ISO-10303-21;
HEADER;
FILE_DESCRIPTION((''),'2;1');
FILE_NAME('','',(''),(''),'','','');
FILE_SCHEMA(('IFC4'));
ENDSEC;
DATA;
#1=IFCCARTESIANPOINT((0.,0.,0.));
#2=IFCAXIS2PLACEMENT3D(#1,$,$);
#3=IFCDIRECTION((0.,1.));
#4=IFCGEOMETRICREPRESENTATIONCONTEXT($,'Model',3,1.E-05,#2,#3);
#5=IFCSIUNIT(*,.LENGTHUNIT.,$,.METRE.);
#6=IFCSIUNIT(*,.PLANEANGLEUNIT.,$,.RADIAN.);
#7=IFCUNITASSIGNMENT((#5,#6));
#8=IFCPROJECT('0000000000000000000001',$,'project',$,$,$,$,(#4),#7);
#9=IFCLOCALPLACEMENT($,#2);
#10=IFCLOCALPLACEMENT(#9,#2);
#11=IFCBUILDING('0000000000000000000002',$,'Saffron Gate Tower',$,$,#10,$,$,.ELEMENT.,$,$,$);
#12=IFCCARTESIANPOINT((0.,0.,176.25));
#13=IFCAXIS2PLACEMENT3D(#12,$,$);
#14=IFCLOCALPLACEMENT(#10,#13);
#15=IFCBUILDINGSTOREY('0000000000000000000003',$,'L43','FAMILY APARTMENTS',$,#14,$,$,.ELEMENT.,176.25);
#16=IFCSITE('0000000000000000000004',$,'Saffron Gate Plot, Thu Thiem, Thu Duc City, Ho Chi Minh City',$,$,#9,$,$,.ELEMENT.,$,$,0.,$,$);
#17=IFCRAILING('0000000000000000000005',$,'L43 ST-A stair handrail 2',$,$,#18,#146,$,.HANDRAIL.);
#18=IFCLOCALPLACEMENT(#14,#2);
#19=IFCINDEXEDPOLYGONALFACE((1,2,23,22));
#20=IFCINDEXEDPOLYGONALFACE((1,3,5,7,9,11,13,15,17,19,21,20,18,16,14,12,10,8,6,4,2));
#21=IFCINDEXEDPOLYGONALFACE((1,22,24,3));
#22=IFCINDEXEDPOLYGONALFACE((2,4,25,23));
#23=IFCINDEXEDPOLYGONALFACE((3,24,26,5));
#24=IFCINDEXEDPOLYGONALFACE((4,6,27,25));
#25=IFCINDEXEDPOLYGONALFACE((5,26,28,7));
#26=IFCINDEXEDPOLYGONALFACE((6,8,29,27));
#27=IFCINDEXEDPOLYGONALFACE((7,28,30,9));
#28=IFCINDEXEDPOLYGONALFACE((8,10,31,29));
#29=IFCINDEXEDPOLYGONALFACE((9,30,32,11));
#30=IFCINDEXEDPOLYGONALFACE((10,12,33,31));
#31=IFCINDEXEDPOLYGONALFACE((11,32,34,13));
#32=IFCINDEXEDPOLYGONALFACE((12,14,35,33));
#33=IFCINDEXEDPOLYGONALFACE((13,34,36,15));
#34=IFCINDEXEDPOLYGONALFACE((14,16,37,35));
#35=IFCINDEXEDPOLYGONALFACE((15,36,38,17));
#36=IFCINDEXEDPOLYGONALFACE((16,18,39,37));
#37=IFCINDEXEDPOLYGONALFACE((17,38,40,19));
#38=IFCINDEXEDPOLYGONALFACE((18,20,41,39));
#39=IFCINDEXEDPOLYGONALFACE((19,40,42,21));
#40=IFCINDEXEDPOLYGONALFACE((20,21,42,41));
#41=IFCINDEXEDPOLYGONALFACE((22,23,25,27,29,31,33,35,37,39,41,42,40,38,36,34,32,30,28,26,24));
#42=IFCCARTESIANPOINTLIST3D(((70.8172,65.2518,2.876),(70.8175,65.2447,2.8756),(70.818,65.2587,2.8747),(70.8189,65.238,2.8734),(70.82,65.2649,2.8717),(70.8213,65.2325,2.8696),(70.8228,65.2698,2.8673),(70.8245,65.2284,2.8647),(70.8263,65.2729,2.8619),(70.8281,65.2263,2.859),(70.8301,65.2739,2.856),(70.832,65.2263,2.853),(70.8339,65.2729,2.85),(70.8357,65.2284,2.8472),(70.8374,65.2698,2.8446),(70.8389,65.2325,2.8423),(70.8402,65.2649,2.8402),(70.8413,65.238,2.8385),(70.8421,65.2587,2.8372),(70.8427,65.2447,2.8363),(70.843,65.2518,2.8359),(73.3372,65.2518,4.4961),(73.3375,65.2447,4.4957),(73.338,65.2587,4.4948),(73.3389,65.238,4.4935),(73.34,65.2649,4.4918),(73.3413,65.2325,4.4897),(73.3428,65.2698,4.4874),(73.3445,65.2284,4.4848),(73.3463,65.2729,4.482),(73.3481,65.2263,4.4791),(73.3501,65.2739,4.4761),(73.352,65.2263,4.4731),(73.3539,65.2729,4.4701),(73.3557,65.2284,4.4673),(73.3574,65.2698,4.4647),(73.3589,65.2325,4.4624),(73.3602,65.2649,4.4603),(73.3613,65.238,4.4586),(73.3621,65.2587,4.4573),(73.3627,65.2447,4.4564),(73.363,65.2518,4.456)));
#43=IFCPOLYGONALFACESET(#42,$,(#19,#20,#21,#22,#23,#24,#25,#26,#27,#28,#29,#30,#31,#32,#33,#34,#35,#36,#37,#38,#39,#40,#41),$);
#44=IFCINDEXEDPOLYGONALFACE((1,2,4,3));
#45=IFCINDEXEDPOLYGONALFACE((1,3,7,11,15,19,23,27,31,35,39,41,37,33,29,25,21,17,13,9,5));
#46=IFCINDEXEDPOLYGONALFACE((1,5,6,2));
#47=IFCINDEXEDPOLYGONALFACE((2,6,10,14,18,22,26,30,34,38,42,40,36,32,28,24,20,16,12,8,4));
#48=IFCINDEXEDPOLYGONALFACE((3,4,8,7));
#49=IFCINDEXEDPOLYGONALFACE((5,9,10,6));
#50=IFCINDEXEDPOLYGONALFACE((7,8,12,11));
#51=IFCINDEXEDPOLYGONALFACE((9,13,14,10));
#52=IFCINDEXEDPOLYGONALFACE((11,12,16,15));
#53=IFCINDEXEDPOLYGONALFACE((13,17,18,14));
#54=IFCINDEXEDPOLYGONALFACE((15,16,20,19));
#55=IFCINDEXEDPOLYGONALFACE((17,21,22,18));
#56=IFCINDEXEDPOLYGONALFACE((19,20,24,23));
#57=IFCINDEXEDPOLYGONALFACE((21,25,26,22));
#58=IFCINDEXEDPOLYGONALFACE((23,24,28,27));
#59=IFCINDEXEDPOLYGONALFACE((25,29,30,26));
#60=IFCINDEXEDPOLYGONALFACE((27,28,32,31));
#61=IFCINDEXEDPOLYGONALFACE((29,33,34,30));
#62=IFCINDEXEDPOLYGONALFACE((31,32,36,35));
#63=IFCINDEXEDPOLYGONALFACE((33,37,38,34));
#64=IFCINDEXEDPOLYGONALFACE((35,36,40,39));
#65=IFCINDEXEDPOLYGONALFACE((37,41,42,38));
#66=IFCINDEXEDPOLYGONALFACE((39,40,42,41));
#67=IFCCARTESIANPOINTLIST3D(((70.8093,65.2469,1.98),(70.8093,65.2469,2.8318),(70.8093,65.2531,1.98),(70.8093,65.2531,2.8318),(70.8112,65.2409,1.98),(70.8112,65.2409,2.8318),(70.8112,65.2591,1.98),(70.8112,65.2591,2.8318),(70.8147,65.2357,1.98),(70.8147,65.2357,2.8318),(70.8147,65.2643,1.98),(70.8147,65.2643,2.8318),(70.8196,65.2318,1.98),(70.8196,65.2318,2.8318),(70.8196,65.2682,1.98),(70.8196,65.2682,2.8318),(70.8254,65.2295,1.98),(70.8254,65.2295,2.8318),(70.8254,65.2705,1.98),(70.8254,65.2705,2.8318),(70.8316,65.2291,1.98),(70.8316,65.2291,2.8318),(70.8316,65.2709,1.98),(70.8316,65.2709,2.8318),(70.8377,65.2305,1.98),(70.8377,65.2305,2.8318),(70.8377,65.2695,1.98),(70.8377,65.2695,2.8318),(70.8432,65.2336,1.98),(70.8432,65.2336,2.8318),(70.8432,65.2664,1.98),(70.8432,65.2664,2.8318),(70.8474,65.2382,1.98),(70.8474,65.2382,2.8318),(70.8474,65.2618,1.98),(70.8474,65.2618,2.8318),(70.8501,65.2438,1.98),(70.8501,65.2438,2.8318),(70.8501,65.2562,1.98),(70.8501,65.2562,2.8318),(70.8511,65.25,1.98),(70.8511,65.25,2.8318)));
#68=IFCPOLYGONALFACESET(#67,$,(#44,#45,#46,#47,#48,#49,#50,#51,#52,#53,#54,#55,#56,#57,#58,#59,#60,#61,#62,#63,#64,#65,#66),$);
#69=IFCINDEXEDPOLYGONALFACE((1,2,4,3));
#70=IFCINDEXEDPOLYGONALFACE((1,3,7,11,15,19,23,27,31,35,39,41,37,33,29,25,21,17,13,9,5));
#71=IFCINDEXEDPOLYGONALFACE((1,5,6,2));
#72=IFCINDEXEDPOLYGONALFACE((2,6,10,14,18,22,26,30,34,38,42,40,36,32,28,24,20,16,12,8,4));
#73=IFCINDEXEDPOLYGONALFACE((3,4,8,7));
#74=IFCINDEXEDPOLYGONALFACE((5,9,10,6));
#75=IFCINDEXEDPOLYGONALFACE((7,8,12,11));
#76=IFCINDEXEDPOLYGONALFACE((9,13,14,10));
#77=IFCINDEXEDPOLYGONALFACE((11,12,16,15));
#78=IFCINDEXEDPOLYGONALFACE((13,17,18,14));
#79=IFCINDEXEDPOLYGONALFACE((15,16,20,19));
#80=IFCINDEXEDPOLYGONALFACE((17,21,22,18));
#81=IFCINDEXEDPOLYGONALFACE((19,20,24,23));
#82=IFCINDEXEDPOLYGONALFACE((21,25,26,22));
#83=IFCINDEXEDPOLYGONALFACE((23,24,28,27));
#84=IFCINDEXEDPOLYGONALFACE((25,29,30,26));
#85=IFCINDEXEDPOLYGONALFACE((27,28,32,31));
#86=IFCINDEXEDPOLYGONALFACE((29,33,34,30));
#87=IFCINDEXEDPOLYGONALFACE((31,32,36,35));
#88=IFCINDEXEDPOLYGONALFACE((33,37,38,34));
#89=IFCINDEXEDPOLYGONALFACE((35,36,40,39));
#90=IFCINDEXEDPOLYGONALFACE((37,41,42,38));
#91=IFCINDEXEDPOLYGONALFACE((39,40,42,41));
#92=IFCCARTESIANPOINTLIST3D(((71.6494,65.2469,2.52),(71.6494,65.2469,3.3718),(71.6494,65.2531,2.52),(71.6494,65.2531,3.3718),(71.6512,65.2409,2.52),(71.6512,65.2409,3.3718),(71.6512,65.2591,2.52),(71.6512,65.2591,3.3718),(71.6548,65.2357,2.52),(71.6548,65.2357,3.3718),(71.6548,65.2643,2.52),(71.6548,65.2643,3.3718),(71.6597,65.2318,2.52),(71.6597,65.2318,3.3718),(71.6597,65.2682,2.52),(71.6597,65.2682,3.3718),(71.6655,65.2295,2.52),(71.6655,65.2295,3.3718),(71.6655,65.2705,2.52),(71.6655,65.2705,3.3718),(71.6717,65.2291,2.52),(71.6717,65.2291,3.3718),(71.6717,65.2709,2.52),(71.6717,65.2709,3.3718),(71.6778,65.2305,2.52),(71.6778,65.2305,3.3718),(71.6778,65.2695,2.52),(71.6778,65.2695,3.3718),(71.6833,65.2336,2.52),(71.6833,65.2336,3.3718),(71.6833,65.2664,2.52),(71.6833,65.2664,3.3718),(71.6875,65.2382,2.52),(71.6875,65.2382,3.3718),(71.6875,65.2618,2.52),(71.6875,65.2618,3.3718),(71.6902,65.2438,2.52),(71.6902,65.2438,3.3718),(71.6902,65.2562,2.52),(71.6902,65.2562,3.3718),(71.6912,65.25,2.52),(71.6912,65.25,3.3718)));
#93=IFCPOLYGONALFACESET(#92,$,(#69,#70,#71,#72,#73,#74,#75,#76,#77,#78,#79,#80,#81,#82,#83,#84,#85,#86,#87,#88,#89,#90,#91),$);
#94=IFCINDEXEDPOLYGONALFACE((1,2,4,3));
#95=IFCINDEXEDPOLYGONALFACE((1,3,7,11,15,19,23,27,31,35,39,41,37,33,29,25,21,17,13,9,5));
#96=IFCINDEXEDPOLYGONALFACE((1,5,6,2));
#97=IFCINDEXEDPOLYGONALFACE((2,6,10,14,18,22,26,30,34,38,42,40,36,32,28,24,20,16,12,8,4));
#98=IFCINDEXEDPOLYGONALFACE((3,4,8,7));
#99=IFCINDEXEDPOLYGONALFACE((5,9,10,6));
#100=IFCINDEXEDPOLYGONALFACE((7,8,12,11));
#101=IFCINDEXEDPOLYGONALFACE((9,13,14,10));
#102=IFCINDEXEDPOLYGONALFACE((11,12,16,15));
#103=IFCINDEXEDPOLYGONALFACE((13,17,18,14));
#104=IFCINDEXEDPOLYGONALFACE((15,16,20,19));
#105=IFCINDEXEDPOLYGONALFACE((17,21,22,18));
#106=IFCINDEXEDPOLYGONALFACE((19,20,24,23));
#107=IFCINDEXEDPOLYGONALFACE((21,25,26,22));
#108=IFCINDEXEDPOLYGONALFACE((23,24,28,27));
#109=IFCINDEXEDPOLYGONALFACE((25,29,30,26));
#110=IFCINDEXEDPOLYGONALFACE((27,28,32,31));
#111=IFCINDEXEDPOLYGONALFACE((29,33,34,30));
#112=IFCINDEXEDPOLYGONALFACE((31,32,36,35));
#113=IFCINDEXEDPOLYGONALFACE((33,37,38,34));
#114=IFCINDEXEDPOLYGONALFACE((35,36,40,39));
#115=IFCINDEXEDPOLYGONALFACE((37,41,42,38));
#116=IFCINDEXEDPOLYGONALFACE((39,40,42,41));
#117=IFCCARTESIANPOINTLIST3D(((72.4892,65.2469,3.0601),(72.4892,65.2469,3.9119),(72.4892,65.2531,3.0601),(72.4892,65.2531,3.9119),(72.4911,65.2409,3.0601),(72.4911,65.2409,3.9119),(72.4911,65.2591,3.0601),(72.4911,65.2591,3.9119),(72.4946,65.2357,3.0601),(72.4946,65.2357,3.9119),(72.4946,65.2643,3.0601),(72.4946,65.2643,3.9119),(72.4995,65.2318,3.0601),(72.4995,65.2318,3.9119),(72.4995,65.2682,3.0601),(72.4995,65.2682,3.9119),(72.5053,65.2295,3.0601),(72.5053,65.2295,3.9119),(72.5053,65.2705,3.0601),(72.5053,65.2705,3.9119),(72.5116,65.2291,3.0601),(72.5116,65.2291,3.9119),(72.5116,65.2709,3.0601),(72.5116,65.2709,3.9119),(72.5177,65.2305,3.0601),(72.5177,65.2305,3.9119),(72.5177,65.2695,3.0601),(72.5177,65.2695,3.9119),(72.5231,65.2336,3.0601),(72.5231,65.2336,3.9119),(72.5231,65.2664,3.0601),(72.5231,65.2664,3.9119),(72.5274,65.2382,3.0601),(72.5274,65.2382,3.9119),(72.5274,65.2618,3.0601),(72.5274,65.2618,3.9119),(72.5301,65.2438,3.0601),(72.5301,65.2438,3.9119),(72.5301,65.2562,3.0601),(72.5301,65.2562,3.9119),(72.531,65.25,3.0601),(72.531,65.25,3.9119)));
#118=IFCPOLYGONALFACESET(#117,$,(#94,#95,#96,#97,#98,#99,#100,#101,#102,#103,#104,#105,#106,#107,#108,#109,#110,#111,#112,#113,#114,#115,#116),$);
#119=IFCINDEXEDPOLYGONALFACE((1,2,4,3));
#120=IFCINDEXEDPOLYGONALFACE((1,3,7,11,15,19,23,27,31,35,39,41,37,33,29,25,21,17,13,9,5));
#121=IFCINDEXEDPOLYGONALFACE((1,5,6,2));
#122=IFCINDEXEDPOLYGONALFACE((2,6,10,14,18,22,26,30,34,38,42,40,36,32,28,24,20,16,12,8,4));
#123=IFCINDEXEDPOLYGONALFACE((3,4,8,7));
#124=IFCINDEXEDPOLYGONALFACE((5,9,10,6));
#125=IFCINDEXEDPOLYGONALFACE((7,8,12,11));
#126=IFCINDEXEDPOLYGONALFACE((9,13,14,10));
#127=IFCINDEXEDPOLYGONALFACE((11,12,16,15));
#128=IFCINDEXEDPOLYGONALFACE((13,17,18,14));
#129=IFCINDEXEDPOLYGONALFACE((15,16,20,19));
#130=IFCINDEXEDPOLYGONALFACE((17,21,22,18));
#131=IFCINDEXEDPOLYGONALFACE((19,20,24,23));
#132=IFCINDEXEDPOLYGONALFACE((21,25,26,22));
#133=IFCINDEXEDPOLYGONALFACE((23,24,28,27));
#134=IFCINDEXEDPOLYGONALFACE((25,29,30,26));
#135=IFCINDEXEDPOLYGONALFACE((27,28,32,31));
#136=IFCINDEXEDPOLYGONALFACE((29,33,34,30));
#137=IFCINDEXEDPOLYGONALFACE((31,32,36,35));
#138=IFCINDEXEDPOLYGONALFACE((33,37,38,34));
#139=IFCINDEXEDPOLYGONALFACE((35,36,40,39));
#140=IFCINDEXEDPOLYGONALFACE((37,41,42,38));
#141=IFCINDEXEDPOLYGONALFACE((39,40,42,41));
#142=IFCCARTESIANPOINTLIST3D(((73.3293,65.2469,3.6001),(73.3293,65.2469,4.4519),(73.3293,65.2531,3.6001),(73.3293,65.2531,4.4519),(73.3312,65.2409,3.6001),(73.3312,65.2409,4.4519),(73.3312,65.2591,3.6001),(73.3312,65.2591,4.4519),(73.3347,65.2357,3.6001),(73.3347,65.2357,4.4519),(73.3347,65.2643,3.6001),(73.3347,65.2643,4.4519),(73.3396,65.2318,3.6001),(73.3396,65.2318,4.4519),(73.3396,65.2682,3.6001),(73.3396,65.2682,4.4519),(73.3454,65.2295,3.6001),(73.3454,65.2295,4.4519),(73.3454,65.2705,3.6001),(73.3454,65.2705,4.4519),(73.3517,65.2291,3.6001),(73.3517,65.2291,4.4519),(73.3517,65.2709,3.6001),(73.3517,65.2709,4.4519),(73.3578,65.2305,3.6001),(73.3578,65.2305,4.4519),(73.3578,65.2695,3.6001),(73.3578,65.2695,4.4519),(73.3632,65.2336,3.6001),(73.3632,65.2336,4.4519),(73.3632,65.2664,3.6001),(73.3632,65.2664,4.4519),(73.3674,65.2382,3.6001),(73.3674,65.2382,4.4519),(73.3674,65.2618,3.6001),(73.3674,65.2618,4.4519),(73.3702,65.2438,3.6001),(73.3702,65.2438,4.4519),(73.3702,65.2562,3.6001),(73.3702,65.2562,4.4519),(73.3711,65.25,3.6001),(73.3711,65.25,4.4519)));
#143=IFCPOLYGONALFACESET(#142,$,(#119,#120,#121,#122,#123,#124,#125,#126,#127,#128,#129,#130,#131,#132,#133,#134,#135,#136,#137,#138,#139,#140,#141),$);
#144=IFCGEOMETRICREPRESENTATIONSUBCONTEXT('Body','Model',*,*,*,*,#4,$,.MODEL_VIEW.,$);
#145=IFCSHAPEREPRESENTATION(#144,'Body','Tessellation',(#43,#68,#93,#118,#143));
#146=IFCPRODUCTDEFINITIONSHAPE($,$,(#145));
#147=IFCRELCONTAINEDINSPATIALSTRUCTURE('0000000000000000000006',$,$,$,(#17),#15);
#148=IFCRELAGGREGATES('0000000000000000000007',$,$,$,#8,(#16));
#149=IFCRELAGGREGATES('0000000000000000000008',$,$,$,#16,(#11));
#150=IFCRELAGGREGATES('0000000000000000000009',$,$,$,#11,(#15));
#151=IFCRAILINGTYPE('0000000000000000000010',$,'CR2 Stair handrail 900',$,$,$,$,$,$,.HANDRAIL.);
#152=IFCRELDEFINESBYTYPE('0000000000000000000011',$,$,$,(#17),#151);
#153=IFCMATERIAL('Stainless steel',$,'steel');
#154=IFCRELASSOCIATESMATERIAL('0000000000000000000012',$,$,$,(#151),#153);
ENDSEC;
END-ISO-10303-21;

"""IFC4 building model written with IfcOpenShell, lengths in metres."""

from ifc_helpers import new_model, si_unit, direction, frame, origin, origin_2d, place, context, subcontext, project, spatial, circle, extrude, material, type_object, element, save


model = new_model("IFC4")

# Units and contexts
model_context = context("Model", 3, precision=1e-05, world=origin(), true_north=direction((0.0, 1.0)))
body_context = subcontext(model_context, "Body", "Model", "MODEL_VIEW")
ifc_project = project(units=[si_unit("LENGTHUNIT", "METRE"), si_unit("PLANEANGLEUNIT", "RADIAN")], contexts=[model_context])

# Site, building, storey
site_placement = place(None, origin())
site = spatial("IfcSite", under=ifc_project, at=site_placement, Name="Saffron Gate Plot, Thu Thiem, Thu Duc City, Ho Chi Minh City", CompositionType="ELEMENT", RefElevation=0.0)
building_placement = place(site_placement, origin())
building = spatial("IfcBuilding", under=site, at=building_placement, Name="Saffron Gate Tower", CompositionType="ELEMENT")
storey_placement = place(building_placement, frame((0.0, 0.0, 176.25)))
storey = spatial("IfcBuildingStorey", under=building, at=storey_placement, Name="L43", Description="FAMILY APARTMENTS", CompositionType="ELEMENT", Elevation=176.25)

# Railing
ifc_material_1 = material(Name="Stainless steel", Category="steel")
railing_type = type_object("IfcRailingType", Name="CR2 Stair handrail 900", PredefinedType="HANDRAIL", material=ifc_material_1)
railing_placement = place(storey_placement, frame((70.8301, 65.25, 1.98)))
element("IfcRailing", 1, at=railing_placement, inside=storey, type_object=railing_type, Name="L43 ST-A stair handrail 2", PredefinedType="HANDRAIL", context=body_context, shape_type="SweptSolid", body=[
    extrude(circle(Radius=0.0239, at=origin_2d()), frame((0.0, 0.0, 0.876), z_axis=(0.841163, 0.0, 0.540782), x_axis=(0.0, 1.0, 0.0)), (0.0, 0.0, 1.0), 2.9958),
    extrude(circle(Radius=0.021, at=origin_2d()), origin(), (0.0, 0.0, 1.0), 0.8518),
    extrude(circle(Radius=0.021, at=origin_2d()), frame((0.8401, 0.0, 0.54)), (0.0, 0.0, 1.0), 0.8518),
    extrude(circle(Radius=0.021, at=origin_2d()), frame((1.6799, 0.0, 1.0801)), (0.0, 0.0, 1.0), 0.8518),
    extrude(circle(Radius=0.021, at=origin_2d()), frame((2.52, 0.0, 1.6201)), (0.0, 0.0, 1.0), 0.8518),
])

save(model, "model.ifc")
